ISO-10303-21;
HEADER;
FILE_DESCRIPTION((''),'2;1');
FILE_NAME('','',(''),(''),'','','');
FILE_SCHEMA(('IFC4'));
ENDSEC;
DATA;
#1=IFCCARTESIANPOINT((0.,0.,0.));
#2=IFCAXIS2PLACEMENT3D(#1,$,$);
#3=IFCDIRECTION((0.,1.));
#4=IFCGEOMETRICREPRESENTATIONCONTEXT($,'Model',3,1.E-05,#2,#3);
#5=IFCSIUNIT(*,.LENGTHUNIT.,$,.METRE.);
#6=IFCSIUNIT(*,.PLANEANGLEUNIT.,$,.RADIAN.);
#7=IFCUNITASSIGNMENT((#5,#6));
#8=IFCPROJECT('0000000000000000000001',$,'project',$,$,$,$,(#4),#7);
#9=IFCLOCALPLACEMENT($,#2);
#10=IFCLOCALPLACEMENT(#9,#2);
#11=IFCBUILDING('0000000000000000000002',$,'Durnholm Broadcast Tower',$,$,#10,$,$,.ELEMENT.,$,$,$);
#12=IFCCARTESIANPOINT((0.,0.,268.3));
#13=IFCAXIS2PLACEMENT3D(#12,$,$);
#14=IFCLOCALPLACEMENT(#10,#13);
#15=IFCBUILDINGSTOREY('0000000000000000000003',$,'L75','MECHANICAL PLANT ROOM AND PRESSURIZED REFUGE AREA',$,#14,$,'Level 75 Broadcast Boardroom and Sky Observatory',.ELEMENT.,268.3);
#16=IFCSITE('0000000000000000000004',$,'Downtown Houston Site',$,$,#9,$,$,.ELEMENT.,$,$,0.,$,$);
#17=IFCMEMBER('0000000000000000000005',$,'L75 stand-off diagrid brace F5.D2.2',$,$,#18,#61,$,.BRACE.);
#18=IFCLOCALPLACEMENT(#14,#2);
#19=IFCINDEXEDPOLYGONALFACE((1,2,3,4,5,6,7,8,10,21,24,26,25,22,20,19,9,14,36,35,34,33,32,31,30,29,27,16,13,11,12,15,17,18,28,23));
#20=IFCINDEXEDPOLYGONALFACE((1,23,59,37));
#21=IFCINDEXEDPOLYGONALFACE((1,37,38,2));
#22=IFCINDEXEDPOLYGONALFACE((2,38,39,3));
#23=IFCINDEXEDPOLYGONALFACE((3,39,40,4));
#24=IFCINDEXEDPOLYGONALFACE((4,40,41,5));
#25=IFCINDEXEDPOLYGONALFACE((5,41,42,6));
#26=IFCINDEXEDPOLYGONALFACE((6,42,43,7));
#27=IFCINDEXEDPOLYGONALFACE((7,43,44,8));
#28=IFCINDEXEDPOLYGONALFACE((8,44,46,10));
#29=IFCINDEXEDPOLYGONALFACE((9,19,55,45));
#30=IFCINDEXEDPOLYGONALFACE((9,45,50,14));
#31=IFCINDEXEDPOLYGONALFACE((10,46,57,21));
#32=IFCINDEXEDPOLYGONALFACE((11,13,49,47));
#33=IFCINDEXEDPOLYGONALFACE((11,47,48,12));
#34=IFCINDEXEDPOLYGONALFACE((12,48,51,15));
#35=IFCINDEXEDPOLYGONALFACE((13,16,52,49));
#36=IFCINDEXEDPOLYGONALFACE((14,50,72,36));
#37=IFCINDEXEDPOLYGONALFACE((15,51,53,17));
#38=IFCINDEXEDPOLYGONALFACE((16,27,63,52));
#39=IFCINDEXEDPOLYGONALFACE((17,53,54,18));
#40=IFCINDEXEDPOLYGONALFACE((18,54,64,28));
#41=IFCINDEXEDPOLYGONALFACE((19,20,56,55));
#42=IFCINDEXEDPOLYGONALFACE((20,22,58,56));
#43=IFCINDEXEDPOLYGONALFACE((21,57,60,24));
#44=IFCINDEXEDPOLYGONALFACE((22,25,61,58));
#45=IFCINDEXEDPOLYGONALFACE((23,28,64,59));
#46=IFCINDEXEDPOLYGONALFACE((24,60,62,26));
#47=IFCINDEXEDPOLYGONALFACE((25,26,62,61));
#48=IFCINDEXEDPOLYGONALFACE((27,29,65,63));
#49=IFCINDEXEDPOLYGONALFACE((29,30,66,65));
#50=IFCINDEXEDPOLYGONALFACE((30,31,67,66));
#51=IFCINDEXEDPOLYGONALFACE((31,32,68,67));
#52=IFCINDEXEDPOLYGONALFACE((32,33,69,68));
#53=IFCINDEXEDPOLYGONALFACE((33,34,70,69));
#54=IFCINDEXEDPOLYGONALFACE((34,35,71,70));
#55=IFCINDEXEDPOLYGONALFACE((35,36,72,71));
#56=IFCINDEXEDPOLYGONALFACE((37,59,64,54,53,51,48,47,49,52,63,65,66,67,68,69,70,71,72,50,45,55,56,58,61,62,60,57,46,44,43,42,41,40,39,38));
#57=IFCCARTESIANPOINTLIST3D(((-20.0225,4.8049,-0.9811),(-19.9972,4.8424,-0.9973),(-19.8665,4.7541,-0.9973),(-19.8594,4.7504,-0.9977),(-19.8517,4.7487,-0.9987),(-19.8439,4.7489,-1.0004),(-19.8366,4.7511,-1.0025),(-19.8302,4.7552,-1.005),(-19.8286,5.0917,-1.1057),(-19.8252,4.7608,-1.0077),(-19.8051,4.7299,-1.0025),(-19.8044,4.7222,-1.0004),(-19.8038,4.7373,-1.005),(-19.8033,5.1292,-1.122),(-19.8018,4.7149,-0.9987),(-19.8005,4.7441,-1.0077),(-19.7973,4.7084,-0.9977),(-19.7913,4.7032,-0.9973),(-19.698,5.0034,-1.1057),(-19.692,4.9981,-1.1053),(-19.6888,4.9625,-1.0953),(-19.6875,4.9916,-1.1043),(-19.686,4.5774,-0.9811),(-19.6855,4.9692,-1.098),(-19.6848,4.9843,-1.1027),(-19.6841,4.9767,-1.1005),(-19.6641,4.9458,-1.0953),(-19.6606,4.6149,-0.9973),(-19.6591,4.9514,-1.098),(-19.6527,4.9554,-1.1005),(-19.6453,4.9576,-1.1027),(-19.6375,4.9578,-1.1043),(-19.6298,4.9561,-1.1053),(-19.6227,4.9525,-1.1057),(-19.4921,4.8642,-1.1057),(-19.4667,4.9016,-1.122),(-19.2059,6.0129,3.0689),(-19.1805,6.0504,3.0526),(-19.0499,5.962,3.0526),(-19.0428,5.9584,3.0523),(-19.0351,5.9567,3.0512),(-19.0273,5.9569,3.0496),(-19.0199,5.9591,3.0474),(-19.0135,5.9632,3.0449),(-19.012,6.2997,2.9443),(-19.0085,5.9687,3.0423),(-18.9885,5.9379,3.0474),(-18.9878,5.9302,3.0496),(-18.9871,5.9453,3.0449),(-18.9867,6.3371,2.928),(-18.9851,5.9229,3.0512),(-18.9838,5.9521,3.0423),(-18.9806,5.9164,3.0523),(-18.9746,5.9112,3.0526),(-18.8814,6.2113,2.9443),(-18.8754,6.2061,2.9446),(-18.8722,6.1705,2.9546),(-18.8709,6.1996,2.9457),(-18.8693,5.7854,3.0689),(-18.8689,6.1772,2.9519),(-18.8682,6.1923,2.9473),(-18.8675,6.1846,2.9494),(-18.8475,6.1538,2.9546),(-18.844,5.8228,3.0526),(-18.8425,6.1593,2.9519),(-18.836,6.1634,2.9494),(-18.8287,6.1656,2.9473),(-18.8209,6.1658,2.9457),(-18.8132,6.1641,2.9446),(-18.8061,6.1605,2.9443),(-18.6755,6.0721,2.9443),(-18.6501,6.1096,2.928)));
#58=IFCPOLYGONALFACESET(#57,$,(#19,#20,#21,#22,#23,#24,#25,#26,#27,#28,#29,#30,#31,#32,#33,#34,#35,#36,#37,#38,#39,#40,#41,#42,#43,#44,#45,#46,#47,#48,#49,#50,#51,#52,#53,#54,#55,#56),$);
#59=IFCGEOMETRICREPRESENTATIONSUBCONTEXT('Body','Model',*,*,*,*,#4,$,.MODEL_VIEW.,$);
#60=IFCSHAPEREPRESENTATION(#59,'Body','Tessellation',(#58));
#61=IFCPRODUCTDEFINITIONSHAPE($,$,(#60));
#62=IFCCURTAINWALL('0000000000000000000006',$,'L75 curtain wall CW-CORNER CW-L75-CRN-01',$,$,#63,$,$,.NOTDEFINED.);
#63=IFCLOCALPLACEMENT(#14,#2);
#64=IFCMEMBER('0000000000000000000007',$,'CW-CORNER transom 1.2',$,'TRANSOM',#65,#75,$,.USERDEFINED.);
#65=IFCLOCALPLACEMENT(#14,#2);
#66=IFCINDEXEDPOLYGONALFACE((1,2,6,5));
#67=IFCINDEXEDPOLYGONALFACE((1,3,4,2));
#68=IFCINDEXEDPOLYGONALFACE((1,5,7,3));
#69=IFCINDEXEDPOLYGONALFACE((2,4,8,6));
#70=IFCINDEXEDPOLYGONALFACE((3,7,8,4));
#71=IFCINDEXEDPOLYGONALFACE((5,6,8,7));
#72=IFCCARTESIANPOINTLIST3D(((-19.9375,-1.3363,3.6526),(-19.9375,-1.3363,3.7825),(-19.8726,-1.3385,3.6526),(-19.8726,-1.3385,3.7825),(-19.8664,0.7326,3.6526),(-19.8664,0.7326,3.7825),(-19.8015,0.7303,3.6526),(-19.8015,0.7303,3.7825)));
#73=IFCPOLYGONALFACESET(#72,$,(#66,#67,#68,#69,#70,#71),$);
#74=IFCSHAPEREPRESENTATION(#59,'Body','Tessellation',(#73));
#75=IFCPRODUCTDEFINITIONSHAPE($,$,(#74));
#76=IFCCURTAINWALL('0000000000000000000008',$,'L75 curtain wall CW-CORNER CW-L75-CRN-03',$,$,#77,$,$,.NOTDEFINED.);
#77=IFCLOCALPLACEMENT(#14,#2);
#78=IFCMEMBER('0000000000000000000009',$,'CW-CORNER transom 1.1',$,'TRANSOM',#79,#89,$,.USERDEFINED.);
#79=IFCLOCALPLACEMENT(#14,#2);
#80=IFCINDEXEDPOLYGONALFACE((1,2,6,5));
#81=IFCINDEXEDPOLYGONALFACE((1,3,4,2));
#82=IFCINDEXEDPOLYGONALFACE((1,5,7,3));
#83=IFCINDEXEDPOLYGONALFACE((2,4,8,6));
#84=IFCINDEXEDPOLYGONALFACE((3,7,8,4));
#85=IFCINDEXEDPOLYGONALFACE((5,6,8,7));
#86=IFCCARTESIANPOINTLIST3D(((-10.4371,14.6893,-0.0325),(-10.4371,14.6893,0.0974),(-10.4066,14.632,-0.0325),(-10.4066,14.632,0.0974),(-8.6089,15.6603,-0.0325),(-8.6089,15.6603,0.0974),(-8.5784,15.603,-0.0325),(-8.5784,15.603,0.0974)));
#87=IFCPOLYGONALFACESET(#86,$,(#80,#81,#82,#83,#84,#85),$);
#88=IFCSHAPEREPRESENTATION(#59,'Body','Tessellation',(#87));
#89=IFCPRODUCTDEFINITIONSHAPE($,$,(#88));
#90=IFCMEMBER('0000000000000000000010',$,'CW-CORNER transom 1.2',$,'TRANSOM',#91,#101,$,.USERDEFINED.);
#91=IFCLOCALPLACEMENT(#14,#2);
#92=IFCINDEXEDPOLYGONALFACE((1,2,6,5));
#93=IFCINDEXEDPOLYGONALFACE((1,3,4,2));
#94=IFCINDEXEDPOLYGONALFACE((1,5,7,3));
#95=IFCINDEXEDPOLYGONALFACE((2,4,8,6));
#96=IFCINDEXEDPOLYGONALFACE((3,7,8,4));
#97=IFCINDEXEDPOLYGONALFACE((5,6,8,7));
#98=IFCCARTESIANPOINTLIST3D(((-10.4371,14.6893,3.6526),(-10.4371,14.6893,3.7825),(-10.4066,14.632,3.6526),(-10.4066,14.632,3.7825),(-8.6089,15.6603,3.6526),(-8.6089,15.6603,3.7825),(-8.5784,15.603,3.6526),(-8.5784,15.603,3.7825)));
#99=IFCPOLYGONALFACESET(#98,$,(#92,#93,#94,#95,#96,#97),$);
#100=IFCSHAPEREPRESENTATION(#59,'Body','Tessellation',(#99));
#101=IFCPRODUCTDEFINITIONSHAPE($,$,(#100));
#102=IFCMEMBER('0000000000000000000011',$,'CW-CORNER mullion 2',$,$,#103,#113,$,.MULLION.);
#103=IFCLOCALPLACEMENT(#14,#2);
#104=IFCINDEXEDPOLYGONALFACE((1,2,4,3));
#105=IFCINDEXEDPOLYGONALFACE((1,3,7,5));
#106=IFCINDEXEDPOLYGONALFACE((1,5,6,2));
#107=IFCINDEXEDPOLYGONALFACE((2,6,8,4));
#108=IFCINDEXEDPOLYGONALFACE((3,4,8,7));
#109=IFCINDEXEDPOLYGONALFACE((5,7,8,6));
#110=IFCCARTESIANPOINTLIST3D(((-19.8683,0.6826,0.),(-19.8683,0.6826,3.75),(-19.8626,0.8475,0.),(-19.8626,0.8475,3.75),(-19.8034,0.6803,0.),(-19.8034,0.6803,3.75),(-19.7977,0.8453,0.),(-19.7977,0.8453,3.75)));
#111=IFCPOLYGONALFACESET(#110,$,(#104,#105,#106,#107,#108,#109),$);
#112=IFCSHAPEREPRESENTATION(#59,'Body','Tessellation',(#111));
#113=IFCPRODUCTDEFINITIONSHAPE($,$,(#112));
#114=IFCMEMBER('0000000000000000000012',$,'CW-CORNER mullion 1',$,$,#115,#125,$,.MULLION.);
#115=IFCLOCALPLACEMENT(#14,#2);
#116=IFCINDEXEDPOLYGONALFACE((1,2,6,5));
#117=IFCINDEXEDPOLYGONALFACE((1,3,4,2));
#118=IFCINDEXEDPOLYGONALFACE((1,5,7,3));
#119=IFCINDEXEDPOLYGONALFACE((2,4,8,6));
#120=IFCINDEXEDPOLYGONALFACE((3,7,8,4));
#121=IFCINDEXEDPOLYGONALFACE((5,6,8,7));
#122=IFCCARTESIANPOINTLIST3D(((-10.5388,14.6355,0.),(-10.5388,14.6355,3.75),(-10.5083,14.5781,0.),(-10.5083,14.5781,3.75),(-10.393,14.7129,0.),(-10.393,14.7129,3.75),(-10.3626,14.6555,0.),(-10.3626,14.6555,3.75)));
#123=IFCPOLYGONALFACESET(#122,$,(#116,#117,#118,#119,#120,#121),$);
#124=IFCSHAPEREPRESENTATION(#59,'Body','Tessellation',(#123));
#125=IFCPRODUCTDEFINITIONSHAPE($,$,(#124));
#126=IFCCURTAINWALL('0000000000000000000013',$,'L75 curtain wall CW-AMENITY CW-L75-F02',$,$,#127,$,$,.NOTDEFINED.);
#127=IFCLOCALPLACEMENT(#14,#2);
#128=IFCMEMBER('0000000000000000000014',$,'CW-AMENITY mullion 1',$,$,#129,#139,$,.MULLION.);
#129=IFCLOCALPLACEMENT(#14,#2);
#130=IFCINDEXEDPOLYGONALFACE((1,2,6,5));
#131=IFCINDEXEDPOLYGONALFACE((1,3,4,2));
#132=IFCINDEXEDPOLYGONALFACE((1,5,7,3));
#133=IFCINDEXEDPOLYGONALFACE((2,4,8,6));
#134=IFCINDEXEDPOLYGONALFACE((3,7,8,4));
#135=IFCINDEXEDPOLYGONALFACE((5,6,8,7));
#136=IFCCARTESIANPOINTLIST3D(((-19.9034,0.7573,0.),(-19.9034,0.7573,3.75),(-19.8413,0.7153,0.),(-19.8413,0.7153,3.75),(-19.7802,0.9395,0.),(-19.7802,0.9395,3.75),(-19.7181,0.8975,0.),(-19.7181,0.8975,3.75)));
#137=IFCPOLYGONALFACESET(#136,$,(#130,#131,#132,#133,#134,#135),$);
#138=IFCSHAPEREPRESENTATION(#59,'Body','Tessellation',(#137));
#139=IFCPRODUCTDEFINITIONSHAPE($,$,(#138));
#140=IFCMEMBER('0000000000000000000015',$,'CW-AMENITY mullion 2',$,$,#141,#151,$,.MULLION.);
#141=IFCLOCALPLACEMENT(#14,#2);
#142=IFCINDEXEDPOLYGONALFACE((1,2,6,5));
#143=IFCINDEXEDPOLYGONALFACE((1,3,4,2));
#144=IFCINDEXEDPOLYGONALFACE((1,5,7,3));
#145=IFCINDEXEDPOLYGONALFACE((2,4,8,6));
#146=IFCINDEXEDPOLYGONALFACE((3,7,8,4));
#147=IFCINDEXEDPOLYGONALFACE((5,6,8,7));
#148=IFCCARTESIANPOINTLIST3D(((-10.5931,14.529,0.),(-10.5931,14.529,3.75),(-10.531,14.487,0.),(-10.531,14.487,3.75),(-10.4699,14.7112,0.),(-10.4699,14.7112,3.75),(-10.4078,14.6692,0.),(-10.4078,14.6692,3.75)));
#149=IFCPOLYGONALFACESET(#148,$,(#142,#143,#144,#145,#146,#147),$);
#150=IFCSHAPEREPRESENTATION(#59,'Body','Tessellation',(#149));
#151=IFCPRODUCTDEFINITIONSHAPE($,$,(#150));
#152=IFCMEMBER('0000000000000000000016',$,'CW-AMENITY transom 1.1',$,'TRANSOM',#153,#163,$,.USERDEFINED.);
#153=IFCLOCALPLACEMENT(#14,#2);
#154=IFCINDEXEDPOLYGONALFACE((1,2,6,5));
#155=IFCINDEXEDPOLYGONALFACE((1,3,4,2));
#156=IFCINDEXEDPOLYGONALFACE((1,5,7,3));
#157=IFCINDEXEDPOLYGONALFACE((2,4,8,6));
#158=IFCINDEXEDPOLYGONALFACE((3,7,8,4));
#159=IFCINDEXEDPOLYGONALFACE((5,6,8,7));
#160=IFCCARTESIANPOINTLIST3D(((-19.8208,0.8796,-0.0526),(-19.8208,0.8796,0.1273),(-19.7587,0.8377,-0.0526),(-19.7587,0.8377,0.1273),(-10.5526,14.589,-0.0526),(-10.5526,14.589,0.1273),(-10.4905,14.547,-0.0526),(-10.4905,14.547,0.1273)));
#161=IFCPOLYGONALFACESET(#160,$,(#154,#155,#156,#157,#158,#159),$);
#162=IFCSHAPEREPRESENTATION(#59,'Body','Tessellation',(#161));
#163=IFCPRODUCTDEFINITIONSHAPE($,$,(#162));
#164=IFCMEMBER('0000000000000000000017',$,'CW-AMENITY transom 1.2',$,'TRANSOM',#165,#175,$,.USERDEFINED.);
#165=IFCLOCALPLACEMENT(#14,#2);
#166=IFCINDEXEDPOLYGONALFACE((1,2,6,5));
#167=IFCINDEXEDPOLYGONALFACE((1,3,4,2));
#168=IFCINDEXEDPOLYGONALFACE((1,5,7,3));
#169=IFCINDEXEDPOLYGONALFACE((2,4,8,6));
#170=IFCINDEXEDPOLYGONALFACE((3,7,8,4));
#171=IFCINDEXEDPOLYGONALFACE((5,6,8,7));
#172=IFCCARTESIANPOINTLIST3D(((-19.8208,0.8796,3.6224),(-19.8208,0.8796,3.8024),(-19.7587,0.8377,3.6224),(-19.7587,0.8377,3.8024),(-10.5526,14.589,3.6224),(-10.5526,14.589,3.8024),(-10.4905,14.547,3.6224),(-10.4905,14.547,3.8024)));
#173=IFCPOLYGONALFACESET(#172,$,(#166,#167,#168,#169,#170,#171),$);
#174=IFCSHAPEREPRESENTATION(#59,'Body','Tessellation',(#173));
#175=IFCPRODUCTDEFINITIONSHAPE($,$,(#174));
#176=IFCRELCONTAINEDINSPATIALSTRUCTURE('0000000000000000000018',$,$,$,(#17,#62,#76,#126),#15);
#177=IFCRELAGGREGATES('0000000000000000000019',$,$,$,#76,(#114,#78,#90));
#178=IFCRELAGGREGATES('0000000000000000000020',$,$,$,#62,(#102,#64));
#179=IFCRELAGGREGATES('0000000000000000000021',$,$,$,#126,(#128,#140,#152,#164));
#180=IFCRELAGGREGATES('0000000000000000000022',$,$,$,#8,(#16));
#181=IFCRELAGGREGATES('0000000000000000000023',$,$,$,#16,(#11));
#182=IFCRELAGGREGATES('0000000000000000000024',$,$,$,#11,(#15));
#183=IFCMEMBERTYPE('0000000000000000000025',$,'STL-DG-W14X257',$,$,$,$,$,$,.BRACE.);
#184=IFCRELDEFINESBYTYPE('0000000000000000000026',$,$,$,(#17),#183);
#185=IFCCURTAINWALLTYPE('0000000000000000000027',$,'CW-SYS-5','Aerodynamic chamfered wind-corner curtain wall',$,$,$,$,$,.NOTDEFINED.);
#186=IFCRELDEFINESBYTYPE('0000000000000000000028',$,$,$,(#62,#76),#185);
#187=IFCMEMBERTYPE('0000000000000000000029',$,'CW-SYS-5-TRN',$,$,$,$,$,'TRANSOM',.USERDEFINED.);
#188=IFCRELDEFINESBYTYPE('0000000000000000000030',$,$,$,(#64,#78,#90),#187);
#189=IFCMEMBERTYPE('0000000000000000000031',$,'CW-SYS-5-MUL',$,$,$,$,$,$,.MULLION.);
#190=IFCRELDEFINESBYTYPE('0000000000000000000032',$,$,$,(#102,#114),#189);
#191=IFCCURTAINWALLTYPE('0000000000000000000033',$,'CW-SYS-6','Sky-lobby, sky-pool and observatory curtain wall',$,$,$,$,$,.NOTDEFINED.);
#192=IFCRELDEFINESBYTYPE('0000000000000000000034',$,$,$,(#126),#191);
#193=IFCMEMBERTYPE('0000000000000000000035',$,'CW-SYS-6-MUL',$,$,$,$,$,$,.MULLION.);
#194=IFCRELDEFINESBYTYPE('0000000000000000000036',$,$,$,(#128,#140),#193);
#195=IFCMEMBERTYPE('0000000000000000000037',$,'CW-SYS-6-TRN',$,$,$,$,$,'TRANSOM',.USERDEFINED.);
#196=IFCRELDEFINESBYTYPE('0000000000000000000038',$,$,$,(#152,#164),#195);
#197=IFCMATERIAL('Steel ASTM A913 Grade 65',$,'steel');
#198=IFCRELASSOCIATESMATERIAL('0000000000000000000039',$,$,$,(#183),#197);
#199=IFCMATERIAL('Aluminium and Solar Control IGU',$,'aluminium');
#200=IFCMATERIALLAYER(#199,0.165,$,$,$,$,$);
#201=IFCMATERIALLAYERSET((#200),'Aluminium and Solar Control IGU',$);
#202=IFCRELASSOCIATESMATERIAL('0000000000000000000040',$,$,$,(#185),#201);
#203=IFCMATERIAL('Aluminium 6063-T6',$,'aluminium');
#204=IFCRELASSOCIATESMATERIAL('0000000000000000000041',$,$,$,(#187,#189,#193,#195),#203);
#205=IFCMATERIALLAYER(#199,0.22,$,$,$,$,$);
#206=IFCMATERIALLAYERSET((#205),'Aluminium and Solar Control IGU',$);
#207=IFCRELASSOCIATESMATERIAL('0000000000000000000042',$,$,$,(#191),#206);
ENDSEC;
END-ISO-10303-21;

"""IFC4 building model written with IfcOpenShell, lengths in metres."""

from ifc_helpers import new_model, si_unit, direction, frame, origin, origin_2d, place, context, subcontext, project, spatial, rectangle, i_section, extrude, source, transform, mapped, material, layer, layer_set, material_profile, profile_set, type_object, type_shapes, element, aggregate, save


model = new_model("IFC4")

# Units and contexts
model_context = context("Model", 3, precision=1e-05, world=origin(), true_north=direction((0.0, 1.0)))
body_context = subcontext(model_context, "Body", "Model", "MODEL_VIEW")
ifc_project = project(units=[si_unit("LENGTHUNIT", "METRE"), si_unit("PLANEANGLEUNIT", "RADIAN")], contexts=[model_context])

# Site, building, storey
site_placement = place(None, origin())
site = spatial("IfcSite", under=ifc_project, at=site_placement, Name="Downtown Houston Site", CompositionType="ELEMENT", RefElevation=0.0)
building_placement = place(site_placement, origin())
building = spatial("IfcBuilding", under=site, at=building_placement, Name="Durnholm Broadcast Tower", CompositionType="ELEMENT")
storey_placement = place(building_placement, frame((0.0, 0.0, 268.3)))
storey = spatial("IfcBuildingStorey", under=building, at=storey_placement, Name="L75", Description="MECHANICAL PLANT ROOM AND PRESSURIZED REFUGE AREA", LongName="Level 75 Broadcast Boardroom and Sky Observatory", CompositionType="ELEMENT", Elevation=268.3)

# Member
ifc_material_1 = material(Name="Steel ASTM A913 Grade 65", Category="steel")
ifc_material_profile_1 = material_profile(ifc_material_1, i_section(OverallWidth=0.4062, OverallDepth=0.416, WebThickness=0.0298, FlangeThickness=0.0481, FilletRadius=0.0305, at=origin_2d()), Name="W14X257")
ifc_profile_set_1 = profile_set([ifc_material_profile_1], Name="Steel ASTM A913 Grade 65")
member_type_1 = type_object("IfcMemberType", Name="STL-DG-W14X257", PredefinedType="BRACE", material=ifc_profile_set_1)
shared_shape_1 = source(origin(), body_context, "Body", "SweptSolid", [
    extrude(i_section(OverallWidth=0.4062, OverallDepth=0.416, WebThickness=0.0298, FlangeThickness=0.0481, FilletRadius=0.0305, at=origin_2d()), origin(), (0.0, 0.0, 1.0), 4.3044),
])
for number, where, z_axis, x_axis, name in (
    (1, (-19.7446, 4.8533, -1.0515), (0.189718, 0.280636, 0.940878), (-0.828452, 0.560059, 0.0), "L75 stand-off diagrid brace F5.D2.2"),
):
    element("IfcMember", number, at=place(storey_placement, frame(where, z_axis=z_axis, x_axis=x_axis)), inside=storey, type_object=member_type_1, Name=name, PredefinedType="BRACE", context=body_context, shape_type="MappedRepresentation", body=[
        mapped(shared_shape_1, transform((0.0, 0.0, 0.0), x_axis=(1.0, 0.0, 0.0), y_axis=(0.0, 1.0, 0.0), z_axis=(0.0, 0.0, 1.0), scale=1.0)),
    ])

# Curtain wall, member
ifc_material_2 = material(Name="Aluminium and Solar Control IGU", Category="aluminium")
ifc_layer_1 = layer(ifc_material_2, 0.165)
ifc_layer_set_1 = layer_set([ifc_layer_1], Name="Aluminium and Solar Control IGU")
curtain_wall_type_1 = type_object("IfcCurtainWallType", Name="CW-SYS-5", Description="Aerodynamic chamfered wind-corner curtain wall", PredefinedType="NOTDEFINED", material=ifc_layer_set_1)
curtain_wall_1_placement = place(storey_placement, origin())
curtain_wall_1 = element("IfcCurtainWall", 2, at=curtain_wall_1_placement, inside=storey, type_object=curtain_wall_type_1, Name="L75 curtain wall CW-CORNER CW-L75-CRN-01", PredefinedType="NOTDEFINED")
ifc_material_3 = material(Name="Aluminium 6063-T6", Category="aluminium")
ifc_material_profile_2 = material_profile(ifc_material_3, rectangle(XDim=0.0649, YDim=0.1299, at=origin_2d()), Name="CWT65X130")
ifc_profile_set_2 = profile_set([ifc_material_profile_2], Name="Aluminium 6063-T6")
member_type_2 = type_object("IfcMemberType", Name="CW-SYS-5-TRN", ElementType="TRANSOM", PredefinedType="USERDEFINED", material=ifc_profile_set_2)
shared_shape_2 = source(origin(), body_context, "Body", "SweptSolid", [
    extrude(rectangle(XDim=0.0649, YDim=0.1299, at=origin_2d()), origin(), (0.0, 0.0, 1.0), 2.0701),
])
type_shapes(member_type_2, [shared_shape_2])
member_1_placement = place(storey_placement, frame((-19.905, -1.3374, 3.7175), z_axis=(0.03432, 0.999411, 0.0), x_axis=(-0.999411, 0.03432, 0.0)))
member_1 = element("IfcMember", 3, at=member_1_placement, type_object=member_type_2, Name="CW-CORNER transom 1.2", ObjectType="TRANSOM", PredefinedType="USERDEFINED", context=body_context, shape_type="MappedRepresentation", body=[
    mapped(shared_shape_2, transform((0.0, 0.0, 0.0), x_axis=(1.0, 0.0, 0.0), y_axis=(0.0, 1.0, 0.0), z_axis=(0.0, 0.0, 1.0), scale=1.0)),
])

# Curtain wall, members
curtain_wall_2_placement = place(storey_placement, origin())
curtain_wall_2 = element("IfcCurtainWall", 4, at=curtain_wall_2_placement, inside=storey, type_object=curtain_wall_type_1, Name="L75 curtain wall CW-CORNER CW-L75-CRN-03", PredefinedType="NOTDEFINED")
member_2_placement = place(storey_placement, frame((-10.4219, 14.6606, 0.0325), z_axis=(0.883165, 0.469063, 0.0), x_axis=(-0.469063, 0.883165, 0.0)))
member_2 = element("IfcMember", 5, at=member_2_placement, type_object=member_type_2, Name="CW-CORNER transom 1.1", ObjectType="TRANSOM", PredefinedType="USERDEFINED", context=body_context, shape_type="MappedRepresentation", body=[
    mapped(shared_shape_2, transform((0.0, 0.0, 0.0), x_axis=(1.0, 0.0, 0.0), y_axis=(0.0, 1.0, 0.0), z_axis=(0.0, 0.0, 1.0), scale=1.0)),
])
member_3_placement = place(storey_placement, frame((-10.4219, 14.6606, 3.7175), z_axis=(0.883165, 0.469063, 0.0), x_axis=(-0.469063, 0.883165, 0.0)))
member_3 = element("IfcMember", 6, at=member_3_placement, type_object=member_type_2, Name="CW-CORNER transom 1.2", ObjectType="TRANSOM", PredefinedType="USERDEFINED", context=body_context, shape_type="MappedRepresentation", body=[
    mapped(shared_shape_2, transform((0.0, 0.0, 0.0), x_axis=(1.0, 0.0, 0.0), y_axis=(0.0, 1.0, 0.0), z_axis=(0.0, 0.0, 1.0), scale=1.0)),
])

# Members
ifc_material_profile_3 = material_profile(ifc_material_3, rectangle(XDim=0.0649, YDim=0.165, at=origin_2d()), Name="CWM65X165")
ifc_profile_set_3 = profile_set([ifc_material_profile_3], Name="Aluminium 6063-T6")
member_type_3 = type_object("IfcMemberType", Name="CW-SYS-5-MUL", PredefinedType="MULLION", material=ifc_profile_set_3)
shared_shape_3 = source(origin(), body_context, "Body", "SweptSolid", [
    extrude(rectangle(XDim=0.0649, YDim=0.165, at=origin_2d()), origin(), (0.0, 0.0, 1.0), 3.75),
])
type_shapes(member_type_3, [shared_shape_3])
member_4_placement = place(storey_placement, frame((-19.833, 0.7639, 0.0), z_axis=(0.0, 0.0, 1.0), x_axis=(-0.999411, 0.034318, 0.0)))
member_4 = element("IfcMember", 7, at=member_4_placement, type_object=member_type_3, Name="CW-CORNER mullion 2", PredefinedType="MULLION", context=body_context, shape_type="MappedRepresentation", body=[
    mapped(shared_shape_3, transform((0.0, 0.0, 0.0), x_axis=(1.0, 0.0, 0.0), y_axis=(0.0, 1.0, 0.0), z_axis=(0.0, 0.0, 1.0), scale=1.0)),
])
member_5_placement = place(storey_placement, frame((-10.4507, 14.6455, 0.0), z_axis=(0.0, 0.0, 1.0), x_axis=(-0.469007, 0.883195, 0.0)))
member_5 = element("IfcMember", 8, at=member_5_placement, type_object=member_type_3, Name="CW-CORNER mullion 1", PredefinedType="MULLION", context=body_context, shape_type="MappedRepresentation", body=[
    mapped(shared_shape_3, transform((0.0, 0.0, 0.0), x_axis=(1.0, 0.0, 0.0), y_axis=(0.0, 1.0, 0.0), z_axis=(0.0, 0.0, 1.0), scale=1.0)),
])
aggregate(curtain_wall_2, [member_5, member_2, member_3])

# Curtain wall, members
ifc_layer_2 = layer(ifc_material_2, 0.22)
ifc_layer_set_2 = layer_set([ifc_layer_2], Name="Aluminium and Solar Control IGU")
curtain_wall_type_2 = type_object("IfcCurtainWallType", Name="CW-SYS-6", Description="Sky-lobby, sky-pool and observatory curtain wall", PredefinedType="NOTDEFINED", material=ifc_layer_set_2)
curtain_wall_3_placement = place(storey_placement, origin())
curtain_wall_3 = element("IfcCurtainWall", 9, at=curtain_wall_3_placement, inside=storey, type_object=curtain_wall_type_2, Name="L75 curtain wall CW-AMENITY CW-L75-F02", PredefinedType="NOTDEFINED")
ifc_material_profile_4 = material_profile(ifc_material_3, rectangle(XDim=0.075, YDim=0.22, at=origin_2d()), Name="CWM75X220")
ifc_profile_set_4 = profile_set([ifc_material_profile_4], Name="Aluminium 6063-T6")
member_type_4 = type_object("IfcMemberType", Name="CW-SYS-6-MUL", PredefinedType="MULLION", material=ifc_profile_set_4)
shared_shape_4 = source(origin(), body_context, "Body", "SweptSolid", [
    extrude(rectangle(XDim=0.075, YDim=0.22, at=origin_2d()), origin(), (0.0, 0.0, 1.0), 3.75),
])
type_shapes(member_type_4, [shared_shape_4])
member_6_placement = place(storey_placement, frame((-19.8108, 0.8274, 0.0), z_axis=(0.0, 0.0, 1.0), x_axis=(-0.828443, 0.560073, 0.0)))
member_6 = element("IfcMember", 10, at=member_6_placement, type_object=member_type_4, Name="CW-AMENITY mullion 1", PredefinedType="MULLION", context=body_context, shape_type="MappedRepresentation", body=[
    mapped(shared_shape_4, transform((0.0, 0.0, 0.0), x_axis=(1.0, 0.0, 0.0), y_axis=(0.0, 1.0, 0.0), z_axis=(0.0, 0.0, 1.0), scale=1.0)),
])
member_7_placement = place(storey_placement, frame((-10.5005, 14.5991, 0.0), z_axis=(0.0, 0.0, 1.0), x_axis=(-0.828443, 0.560073, 0.0)))
member_7 = element("IfcMember", 11, at=member_7_placement, type_object=member_type_4, Name="CW-AMENITY mullion 2", PredefinedType="MULLION", context=body_context, shape_type="MappedRepresentation", body=[
    mapped(shared_shape_4, transform((0.0, 0.0, 0.0), x_axis=(1.0, 0.0, 0.0), y_axis=(0.0, 1.0, 0.0), z_axis=(0.0, 0.0, 1.0), scale=1.0)),
])
ifc_material_profile_5 = material_profile(ifc_material_3, rectangle(XDim=0.075, YDim=0.1799, at=origin_2d()), Name="CWT75X180")
ifc_profile_set_5 = profile_set([ifc_material_profile_5], Name="Aluminium 6063-T6")
member_type_5 = type_object("IfcMemberType", Name="CW-SYS-6-TRN", ElementType="TRANSOM", PredefinedType="USERDEFINED", material=ifc_profile_set_5)
shared_shape_5 = source(origin(), body_context, "Body", "SweptSolid", [
    extrude(rectangle(XDim=0.075, YDim=0.1799, at=origin_2d()), origin(), (0.0, 0.0, 1.0), 16.5483),
])
type_shapes(member_type_5, [shared_shape_5])
member_8_placement = place(storey_placement, frame((-19.7898, 0.8586, 0.0374), z_axis=(0.560071, 0.828444, 0.0), x_axis=(-0.828444, 0.560071, 0.0)))
member_8 = element("IfcMember", 12, at=member_8_placement, type_object=member_type_5, Name="CW-AMENITY transom 1.1", ObjectType="TRANSOM", PredefinedType="USERDEFINED", context=body_context, shape_type="MappedRepresentation", body=[
    mapped(shared_shape_5, transform((0.0, 0.0, 0.0), x_axis=(1.0, 0.0, 0.0), y_axis=(0.0, 1.0, 0.0), z_axis=(0.0, 0.0, 1.0), scale=1.0)),
])
member_9_placement = place(storey_placement, frame((-19.7898, 0.8586, 3.7124), z_axis=(0.560071, 0.828444, 0.0), x_axis=(-0.828444, 0.560071, 0.0)))
member_9 = element("IfcMember", 13, at=member_9_placement, type_object=member_type_5, Name="CW-AMENITY transom 1.2", ObjectType="TRANSOM", PredefinedType="USERDEFINED", context=body_context, shape_type="MappedRepresentation", body=[
    mapped(shared_shape_5, transform((0.0, 0.0, 0.0), x_axis=(1.0, 0.0, 0.0), y_axis=(0.0, 1.0, 0.0), z_axis=(0.0, 0.0, 1.0), scale=1.0)),
])

aggregate(curtain_wall_1, [member_4, member_1])
aggregate(curtain_wall_3, [member_6, member_7, member_8, member_9])

save(model, "model.ifc")
